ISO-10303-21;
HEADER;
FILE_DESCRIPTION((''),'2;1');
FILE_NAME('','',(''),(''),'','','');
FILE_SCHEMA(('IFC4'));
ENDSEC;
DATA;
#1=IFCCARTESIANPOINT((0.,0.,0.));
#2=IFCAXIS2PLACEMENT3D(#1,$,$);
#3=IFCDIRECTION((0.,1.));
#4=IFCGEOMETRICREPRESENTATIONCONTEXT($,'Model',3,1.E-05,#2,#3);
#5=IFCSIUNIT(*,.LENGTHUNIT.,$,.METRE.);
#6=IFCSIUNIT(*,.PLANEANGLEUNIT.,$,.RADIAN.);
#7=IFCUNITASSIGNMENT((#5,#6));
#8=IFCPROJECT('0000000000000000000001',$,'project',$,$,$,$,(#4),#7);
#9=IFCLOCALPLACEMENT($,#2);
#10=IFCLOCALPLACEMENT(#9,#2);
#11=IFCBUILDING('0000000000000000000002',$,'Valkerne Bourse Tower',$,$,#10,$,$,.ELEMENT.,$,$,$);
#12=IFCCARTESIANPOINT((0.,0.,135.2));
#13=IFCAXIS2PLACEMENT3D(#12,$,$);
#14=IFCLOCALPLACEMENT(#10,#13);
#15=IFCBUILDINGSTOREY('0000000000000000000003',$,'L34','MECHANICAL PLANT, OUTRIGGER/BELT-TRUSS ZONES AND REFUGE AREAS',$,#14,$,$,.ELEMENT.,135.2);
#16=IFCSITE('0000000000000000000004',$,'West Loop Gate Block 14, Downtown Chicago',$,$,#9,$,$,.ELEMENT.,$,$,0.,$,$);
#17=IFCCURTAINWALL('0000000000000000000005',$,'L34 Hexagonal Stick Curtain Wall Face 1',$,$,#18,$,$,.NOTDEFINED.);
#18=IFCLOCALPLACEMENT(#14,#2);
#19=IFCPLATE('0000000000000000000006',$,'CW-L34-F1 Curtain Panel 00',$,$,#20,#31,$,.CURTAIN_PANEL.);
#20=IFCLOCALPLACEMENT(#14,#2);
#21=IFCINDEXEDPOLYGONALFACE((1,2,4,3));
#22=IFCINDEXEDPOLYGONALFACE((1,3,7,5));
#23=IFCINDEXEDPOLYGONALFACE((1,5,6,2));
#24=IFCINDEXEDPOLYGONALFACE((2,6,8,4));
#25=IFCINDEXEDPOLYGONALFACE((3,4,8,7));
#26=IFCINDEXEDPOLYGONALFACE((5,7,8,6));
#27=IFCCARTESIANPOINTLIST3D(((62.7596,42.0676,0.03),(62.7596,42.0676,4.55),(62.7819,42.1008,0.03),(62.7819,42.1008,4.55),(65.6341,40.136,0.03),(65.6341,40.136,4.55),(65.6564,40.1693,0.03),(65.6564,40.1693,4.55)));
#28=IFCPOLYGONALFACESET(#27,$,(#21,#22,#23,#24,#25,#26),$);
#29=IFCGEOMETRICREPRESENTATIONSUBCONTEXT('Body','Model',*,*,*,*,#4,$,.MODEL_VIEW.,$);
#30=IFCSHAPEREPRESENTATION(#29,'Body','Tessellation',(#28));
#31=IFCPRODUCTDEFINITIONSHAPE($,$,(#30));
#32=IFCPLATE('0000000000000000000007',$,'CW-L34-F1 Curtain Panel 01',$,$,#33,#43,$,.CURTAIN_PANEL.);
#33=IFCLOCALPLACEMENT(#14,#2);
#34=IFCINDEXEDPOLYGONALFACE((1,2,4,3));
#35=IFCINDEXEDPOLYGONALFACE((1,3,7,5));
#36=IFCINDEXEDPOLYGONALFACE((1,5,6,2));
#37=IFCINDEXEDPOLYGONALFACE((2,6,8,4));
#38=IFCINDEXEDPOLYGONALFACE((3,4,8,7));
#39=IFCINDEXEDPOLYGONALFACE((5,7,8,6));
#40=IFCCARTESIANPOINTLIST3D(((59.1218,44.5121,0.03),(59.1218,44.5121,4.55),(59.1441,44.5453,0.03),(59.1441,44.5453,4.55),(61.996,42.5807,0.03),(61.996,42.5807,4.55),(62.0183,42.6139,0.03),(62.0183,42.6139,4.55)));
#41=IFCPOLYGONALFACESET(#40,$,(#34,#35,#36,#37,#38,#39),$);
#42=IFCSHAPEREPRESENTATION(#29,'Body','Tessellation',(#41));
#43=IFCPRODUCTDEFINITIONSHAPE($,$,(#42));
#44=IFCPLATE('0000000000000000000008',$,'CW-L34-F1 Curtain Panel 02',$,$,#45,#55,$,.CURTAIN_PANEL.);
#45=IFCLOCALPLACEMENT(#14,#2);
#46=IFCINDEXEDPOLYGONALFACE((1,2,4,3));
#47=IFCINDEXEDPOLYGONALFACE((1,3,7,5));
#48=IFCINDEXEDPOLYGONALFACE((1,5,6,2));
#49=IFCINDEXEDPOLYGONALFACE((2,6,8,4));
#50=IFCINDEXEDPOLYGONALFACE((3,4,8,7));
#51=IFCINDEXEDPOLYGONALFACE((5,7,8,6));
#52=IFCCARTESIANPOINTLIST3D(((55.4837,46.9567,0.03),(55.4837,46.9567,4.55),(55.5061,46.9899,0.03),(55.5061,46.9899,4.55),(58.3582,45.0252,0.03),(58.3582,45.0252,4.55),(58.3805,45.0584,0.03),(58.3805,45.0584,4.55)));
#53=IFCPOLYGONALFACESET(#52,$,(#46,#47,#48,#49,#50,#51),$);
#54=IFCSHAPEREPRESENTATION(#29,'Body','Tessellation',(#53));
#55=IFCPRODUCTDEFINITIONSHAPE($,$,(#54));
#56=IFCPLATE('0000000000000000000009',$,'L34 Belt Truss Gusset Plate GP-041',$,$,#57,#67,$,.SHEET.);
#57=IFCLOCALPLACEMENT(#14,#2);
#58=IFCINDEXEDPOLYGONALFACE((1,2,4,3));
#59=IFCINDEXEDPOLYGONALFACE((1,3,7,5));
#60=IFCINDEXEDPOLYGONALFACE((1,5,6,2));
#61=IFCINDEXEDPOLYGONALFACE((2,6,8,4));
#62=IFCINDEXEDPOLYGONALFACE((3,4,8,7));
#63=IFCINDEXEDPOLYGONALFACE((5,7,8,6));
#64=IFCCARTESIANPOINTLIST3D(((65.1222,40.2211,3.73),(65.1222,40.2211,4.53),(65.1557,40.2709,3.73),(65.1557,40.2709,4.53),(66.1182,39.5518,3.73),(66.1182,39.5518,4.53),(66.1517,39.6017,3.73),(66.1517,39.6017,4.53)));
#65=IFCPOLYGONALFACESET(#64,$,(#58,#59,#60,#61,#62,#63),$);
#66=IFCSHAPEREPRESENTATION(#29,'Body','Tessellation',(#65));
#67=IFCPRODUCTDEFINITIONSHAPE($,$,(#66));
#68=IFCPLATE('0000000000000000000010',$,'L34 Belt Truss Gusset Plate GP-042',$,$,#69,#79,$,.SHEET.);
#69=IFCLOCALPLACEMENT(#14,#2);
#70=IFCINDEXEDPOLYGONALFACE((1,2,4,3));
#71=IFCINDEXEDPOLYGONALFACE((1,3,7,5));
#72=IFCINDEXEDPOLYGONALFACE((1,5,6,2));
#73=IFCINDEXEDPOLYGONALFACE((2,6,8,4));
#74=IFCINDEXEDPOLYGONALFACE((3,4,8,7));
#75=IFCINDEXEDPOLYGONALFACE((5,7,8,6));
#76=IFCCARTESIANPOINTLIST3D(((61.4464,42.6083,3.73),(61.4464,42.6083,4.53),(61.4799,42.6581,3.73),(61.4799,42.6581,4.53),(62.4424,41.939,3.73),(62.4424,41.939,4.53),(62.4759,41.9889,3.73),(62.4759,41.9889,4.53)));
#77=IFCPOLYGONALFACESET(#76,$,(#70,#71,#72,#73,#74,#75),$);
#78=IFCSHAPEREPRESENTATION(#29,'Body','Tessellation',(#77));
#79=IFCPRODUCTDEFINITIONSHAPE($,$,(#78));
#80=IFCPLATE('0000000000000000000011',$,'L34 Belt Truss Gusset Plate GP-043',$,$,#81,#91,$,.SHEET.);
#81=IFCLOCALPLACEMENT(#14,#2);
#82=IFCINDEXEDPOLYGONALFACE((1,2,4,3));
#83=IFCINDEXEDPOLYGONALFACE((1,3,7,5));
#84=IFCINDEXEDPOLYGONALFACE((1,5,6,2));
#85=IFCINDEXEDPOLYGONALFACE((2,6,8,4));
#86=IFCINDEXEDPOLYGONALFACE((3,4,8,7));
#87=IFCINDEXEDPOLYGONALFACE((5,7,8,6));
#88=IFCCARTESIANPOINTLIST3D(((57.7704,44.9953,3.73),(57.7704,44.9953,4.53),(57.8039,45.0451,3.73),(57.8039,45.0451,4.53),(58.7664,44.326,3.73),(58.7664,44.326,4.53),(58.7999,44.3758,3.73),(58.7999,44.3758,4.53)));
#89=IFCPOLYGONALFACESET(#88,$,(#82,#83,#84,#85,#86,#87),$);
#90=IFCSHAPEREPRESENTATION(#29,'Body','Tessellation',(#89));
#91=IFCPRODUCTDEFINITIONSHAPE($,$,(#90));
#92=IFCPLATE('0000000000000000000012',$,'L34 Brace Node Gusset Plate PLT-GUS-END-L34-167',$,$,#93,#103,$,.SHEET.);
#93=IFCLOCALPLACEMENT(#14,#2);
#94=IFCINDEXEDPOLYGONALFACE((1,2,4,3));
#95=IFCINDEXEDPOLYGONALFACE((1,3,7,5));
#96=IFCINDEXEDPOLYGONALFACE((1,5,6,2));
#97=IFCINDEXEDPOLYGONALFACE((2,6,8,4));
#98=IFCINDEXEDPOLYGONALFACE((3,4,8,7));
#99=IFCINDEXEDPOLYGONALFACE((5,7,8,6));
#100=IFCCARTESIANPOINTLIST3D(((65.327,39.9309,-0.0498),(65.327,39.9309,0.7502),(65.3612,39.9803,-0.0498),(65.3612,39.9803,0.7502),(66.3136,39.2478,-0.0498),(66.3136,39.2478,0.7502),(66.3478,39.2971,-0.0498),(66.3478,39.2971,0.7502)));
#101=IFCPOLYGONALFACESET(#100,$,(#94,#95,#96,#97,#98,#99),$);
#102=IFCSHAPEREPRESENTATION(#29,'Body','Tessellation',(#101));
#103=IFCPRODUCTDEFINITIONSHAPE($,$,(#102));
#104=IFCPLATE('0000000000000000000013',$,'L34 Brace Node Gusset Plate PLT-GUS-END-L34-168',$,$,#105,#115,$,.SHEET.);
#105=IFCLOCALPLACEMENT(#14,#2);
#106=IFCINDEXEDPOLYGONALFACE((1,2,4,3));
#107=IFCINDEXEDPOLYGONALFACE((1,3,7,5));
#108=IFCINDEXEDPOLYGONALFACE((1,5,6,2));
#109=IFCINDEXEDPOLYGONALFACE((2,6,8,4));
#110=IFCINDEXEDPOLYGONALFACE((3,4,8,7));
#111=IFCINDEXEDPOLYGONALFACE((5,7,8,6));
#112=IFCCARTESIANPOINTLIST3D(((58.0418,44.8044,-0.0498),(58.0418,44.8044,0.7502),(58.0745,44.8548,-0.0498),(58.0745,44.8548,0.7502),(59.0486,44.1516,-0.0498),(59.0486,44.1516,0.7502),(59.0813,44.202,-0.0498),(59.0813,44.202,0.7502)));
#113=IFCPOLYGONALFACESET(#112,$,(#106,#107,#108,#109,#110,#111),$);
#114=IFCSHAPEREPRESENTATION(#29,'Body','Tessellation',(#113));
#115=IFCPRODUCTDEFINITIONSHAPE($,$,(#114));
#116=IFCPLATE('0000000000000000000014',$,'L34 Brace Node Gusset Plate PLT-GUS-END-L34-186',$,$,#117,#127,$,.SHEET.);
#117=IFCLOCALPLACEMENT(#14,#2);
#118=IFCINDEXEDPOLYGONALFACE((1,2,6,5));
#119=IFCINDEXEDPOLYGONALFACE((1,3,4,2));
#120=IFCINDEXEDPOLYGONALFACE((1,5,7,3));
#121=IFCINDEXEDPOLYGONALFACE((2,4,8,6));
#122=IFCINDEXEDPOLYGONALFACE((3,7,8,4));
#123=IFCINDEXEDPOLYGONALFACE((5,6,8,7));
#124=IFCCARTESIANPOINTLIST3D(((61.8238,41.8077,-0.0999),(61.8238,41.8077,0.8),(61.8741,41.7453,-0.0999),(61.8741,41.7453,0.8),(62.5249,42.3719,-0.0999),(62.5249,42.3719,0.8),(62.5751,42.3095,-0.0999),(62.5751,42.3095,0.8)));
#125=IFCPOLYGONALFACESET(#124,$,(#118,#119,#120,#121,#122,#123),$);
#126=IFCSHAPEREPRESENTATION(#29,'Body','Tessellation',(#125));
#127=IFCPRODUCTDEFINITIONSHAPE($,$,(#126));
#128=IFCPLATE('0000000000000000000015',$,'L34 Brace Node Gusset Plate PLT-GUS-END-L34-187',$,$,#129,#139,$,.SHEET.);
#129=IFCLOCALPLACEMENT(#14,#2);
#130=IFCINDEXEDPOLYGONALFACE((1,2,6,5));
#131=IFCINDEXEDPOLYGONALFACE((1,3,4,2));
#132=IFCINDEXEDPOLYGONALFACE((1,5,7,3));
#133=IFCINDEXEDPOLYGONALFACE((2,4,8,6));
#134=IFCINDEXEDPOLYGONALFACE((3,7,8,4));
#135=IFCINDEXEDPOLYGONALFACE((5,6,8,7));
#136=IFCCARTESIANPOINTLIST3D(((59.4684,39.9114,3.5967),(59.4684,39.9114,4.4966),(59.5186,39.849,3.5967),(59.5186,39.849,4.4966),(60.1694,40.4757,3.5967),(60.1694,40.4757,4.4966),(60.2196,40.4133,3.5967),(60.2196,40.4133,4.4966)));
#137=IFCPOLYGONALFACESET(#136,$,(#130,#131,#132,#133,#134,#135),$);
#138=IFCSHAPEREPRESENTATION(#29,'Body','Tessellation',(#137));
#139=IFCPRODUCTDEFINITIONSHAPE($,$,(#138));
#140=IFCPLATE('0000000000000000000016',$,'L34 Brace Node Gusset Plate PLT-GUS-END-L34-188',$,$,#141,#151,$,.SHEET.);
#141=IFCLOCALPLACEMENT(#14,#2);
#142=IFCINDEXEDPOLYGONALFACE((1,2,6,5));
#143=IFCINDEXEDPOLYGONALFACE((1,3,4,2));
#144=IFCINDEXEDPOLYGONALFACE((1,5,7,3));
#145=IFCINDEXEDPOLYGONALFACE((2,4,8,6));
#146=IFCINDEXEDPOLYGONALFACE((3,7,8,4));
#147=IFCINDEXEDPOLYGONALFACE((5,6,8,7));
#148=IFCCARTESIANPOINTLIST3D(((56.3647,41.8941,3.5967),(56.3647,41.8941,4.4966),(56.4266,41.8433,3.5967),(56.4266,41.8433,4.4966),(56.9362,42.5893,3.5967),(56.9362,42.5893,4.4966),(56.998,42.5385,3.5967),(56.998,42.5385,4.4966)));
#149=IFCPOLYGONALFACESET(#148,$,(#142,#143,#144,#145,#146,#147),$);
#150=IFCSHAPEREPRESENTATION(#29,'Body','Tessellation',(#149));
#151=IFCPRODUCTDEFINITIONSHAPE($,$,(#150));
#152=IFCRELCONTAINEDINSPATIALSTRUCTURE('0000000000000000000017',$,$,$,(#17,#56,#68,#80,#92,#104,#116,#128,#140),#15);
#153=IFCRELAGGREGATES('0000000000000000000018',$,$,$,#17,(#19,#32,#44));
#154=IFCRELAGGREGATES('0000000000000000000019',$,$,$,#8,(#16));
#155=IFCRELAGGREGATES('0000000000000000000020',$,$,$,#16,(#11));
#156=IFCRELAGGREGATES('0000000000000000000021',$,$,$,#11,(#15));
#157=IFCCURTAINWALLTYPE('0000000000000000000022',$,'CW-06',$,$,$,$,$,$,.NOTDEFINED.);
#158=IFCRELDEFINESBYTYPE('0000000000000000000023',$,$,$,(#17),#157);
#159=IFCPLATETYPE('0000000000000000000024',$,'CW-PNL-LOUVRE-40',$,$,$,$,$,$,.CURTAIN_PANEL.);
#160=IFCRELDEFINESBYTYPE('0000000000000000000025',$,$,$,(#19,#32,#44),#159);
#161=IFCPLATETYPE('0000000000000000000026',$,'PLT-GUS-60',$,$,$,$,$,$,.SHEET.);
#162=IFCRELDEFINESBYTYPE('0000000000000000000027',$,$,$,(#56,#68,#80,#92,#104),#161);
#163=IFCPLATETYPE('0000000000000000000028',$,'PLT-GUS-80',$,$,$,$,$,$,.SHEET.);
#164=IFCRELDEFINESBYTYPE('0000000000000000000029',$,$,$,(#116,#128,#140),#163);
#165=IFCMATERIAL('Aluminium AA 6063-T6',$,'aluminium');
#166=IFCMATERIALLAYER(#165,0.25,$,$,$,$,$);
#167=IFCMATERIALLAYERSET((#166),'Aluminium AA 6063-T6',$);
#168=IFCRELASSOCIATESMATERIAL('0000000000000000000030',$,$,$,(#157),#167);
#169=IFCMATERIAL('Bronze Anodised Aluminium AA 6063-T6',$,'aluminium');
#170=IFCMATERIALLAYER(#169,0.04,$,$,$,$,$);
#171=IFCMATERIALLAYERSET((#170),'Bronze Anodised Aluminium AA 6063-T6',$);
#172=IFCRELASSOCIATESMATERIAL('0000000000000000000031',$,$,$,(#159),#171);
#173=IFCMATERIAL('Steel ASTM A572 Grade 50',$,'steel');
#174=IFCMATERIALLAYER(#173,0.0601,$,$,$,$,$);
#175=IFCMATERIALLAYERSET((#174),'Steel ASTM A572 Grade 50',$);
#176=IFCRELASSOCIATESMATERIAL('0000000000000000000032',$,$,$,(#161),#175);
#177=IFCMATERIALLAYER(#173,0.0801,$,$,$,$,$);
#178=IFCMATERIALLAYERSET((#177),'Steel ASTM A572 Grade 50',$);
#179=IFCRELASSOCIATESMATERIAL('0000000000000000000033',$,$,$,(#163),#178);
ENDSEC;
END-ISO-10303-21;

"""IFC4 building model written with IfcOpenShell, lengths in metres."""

from ifc_helpers import new_model, si_unit, direction, frame, origin, origin_2d, place, context, subcontext, project, spatial, rectangle, extrude, material, layer, layer_set, type_object, element, aggregate, save


model = new_model("IFC4")

# Units and contexts
model_context = context("Model", 3, precision=1e-05, world=origin(), true_north=direction((0.0, 1.0)))
body_context = subcontext(model_context, "Body", "Model", "MODEL_VIEW")
ifc_project = project(units=[si_unit("LENGTHUNIT", "METRE"), si_unit("PLANEANGLEUNIT", "RADIAN")], contexts=[model_context])

# Site, building, storey
site_placement = place(None, origin())
site = spatial("IfcSite", under=ifc_project, at=site_placement, Name="West Loop Gate Block 14, Downtown Chicago", CompositionType="ELEMENT", RefElevation=0.0)
building_placement = place(site_placement, origin())
building = spatial("IfcBuilding", under=site, at=building_placement, Name="Valkerne Bourse Tower", CompositionType="ELEMENT")
storey_placement = place(building_placement, frame((0.0, 0.0, 135.2)))
storey = spatial("IfcBuildingStorey", under=building, at=storey_placement, Name="L34", Description="MECHANICAL PLANT, OUTRIGGER/BELT-TRUSS ZONES AND REFUGE AREAS", CompositionType="ELEMENT", Elevation=135.2)

# Curtain wall
ifc_material_1 = material(Name="Aluminium AA 6063-T6", Category="aluminium")
ifc_layer_1 = layer(ifc_material_1, 0.25)
ifc_layer_set_1 = layer_set([ifc_layer_1], Name="Aluminium AA 6063-T6")
curtain_wall_type = type_object("IfcCurtainWallType", Name="CW-06", PredefinedType="NOTDEFINED", material=ifc_layer_set_1)
curtain_wall_placement = place(storey_placement, origin())
curtain_wall = element("IfcCurtainWall", 1, at=curtain_wall_placement, inside=storey, type_object=curtain_wall_type, Name="L34 Hexagonal Stick Curtain Wall Face 1", PredefinedType="NOTDEFINED")

# Plates
ifc_material_2 = material(Name="Bronze Anodised Aluminium AA 6063-T6", Category="aluminium")
ifc_layer_2 = layer(ifc_material_2, 0.04)
ifc_layer_set_2 = layer_set([ifc_layer_2], Name="Bronze Anodised Aluminium AA 6063-T6")
plate_type_1 = type_object("IfcPlateType", Name="CW-PNL-LOUVRE-40", PredefinedType="CURTAIN_PANEL", material=ifc_layer_set_2)
plate_1_placement = place(storey_placement, frame((64.208, 41.1184, 0.03), z_axis=(0.0, 0.0, 1.0), x_axis=(-0.830016, 0.55774, 0.0)))
plate_1 = element("IfcPlate", 2, at=plate_1_placement, type_object=plate_type_1, Name="CW-L34-F1 Curtain Panel 00", PredefinedType="CURTAIN_PANEL", context=body_context, shape_type="SweptSolid", body=[
    extrude(rectangle(XDim=3.4631, YDim=0.04, at=origin_2d()), origin(), (0.0, 0.0, 1.0), 4.52),
])
plate_2_placement = place(storey_placement, frame((60.5701, 43.563, 0.03), z_axis=(0.0, 0.0, 1.0), x_axis=(-0.830009, 0.55775, 0.0)))
plate_2 = element("IfcPlate", 3, at=plate_2_placement, type_object=plate_type_1, Name="CW-L34-F1 Curtain Panel 01", PredefinedType="CURTAIN_PANEL", context=body_context, shape_type="SweptSolid", body=[
    extrude(rectangle(XDim=3.4629, YDim=0.04, at=origin_2d()), origin(), (0.0, 0.0, 1.0), 4.52),
])
plate_3_placement = place(storey_placement, frame((56.9321, 46.0076, 0.03), z_axis=(0.0, 0.0, 1.0), x_axis=(-0.830016, 0.55774, 0.0)))
plate_3 = element("IfcPlate", 4, at=plate_3_placement, type_object=plate_type_1, Name="CW-L34-F1 Curtain Panel 02", PredefinedType="CURTAIN_PANEL", context=body_context, shape_type="SweptSolid", body=[
    extrude(rectangle(XDim=3.4631, YDim=0.04, at=origin_2d()), origin(), (0.0, 0.0, 1.0), 4.52),
])
aggregate(curtain_wall, [plate_1, plate_2, plate_3])

# Plates
ifc_material_3 = material(Name="Steel ASTM A572 Grade 50", Category="steel")
ifc_layer_3 = layer(ifc_material_3, 0.0601)
ifc_layer_set_3 = layer_set([ifc_layer_3], Name="Steel ASTM A572 Grade 50")
plate_type_2 = type_object("IfcPlateType", Name="PLT-GUS-60", PredefinedType="SHEET", material=ifc_layer_set_3)
for number, where, z_axis, x_axis, name in (
    (5, (65.637, 39.9114, 3.73), (0.0, 0.0, 1.0), (-0.830012, 0.557745, 0.0), "L34 Belt Truss Gusset Plate GP-041"),
    (6, (61.9612, 42.2986, 3.73), (0.0, 0.0, 1.0), (-0.830012, 0.557745, 0.0), "L34 Belt Truss Gusset Plate GP-042"),
    (7, (58.2852, 44.6855, 3.73), (0.0, 0.0, 1.0), (-0.830012, 0.557745, 0.0), "L34 Belt Truss Gusset Plate GP-043"),
    (8, (65.8374, 39.614, -0.0498), (0.0, 0.0, 1.0), (-0.822144, 0.56928, 0.0), "L34 Brace Node Gusset Plate PLT-GUS-END-L34-167"),
    (9, (58.5615, 44.5032, -0.0498), (0.0, 0.0, 1.0), (0.839051, -0.544053, 0.0), "L34 Brace Node Gusset Plate PLT-GUS-END-L34-168"),
):
    element("IfcPlate", number, at=place(storey_placement, frame(where, z_axis=z_axis, x_axis=x_axis)), inside=storey, type_object=plate_type_2, Name=name, PredefinedType="SHEET", context=body_context, shape_type="SweptSolid", body=[
        extrude(rectangle(XDim=1.2, YDim=0.0601, at=origin_2d()), origin(), (0.0, 0.0, 1.0), 0.8),
    ])
ifc_layer_4 = layer(ifc_material_3, 0.0801)
ifc_layer_set_4 = layer_set([ifc_layer_4], Name="Steel ASTM A572 Grade 50")
plate_type_3 = type_object("IfcPlateType", Name="PLT-GUS-80", PredefinedType="SHEET", material=ifc_layer_set_4)
for number, where, z_axis, x_axis, name in (
    (10, (62.1995, 42.0586, -0.0999), (0.0, 0.0, 1.0), (-0.77901, -0.627012, 0.0), "L34 Brace Node Gusset Plate PLT-GUS-END-L34-186"),
    (11, (59.844, 40.1624, 3.5967), (0.0, 0.0, 1.0), (-0.77901, -0.627012, 0.0), "L34 Brace Node Gusset Plate PLT-GUS-END-L34-187"),
    (12, (56.6814, 42.2163, 3.5967), (0.0, 0.0, 1.0), (-0.635, -0.772512, 0.0), "L34 Brace Node Gusset Plate PLT-GUS-END-L34-188"),
):
    element("IfcPlate", number, at=place(storey_placement, frame(where, z_axis=z_axis, x_axis=x_axis)), inside=storey, type_object=plate_type_3, Name=name, PredefinedType="SHEET", context=body_context, shape_type="SweptSolid", body=[
        extrude(rectangle(XDim=0.8999, YDim=0.0801, at=origin_2d()), origin(), (0.0, 0.0, 1.0), 0.8999),
    ])

save(model, "model.ifc")
